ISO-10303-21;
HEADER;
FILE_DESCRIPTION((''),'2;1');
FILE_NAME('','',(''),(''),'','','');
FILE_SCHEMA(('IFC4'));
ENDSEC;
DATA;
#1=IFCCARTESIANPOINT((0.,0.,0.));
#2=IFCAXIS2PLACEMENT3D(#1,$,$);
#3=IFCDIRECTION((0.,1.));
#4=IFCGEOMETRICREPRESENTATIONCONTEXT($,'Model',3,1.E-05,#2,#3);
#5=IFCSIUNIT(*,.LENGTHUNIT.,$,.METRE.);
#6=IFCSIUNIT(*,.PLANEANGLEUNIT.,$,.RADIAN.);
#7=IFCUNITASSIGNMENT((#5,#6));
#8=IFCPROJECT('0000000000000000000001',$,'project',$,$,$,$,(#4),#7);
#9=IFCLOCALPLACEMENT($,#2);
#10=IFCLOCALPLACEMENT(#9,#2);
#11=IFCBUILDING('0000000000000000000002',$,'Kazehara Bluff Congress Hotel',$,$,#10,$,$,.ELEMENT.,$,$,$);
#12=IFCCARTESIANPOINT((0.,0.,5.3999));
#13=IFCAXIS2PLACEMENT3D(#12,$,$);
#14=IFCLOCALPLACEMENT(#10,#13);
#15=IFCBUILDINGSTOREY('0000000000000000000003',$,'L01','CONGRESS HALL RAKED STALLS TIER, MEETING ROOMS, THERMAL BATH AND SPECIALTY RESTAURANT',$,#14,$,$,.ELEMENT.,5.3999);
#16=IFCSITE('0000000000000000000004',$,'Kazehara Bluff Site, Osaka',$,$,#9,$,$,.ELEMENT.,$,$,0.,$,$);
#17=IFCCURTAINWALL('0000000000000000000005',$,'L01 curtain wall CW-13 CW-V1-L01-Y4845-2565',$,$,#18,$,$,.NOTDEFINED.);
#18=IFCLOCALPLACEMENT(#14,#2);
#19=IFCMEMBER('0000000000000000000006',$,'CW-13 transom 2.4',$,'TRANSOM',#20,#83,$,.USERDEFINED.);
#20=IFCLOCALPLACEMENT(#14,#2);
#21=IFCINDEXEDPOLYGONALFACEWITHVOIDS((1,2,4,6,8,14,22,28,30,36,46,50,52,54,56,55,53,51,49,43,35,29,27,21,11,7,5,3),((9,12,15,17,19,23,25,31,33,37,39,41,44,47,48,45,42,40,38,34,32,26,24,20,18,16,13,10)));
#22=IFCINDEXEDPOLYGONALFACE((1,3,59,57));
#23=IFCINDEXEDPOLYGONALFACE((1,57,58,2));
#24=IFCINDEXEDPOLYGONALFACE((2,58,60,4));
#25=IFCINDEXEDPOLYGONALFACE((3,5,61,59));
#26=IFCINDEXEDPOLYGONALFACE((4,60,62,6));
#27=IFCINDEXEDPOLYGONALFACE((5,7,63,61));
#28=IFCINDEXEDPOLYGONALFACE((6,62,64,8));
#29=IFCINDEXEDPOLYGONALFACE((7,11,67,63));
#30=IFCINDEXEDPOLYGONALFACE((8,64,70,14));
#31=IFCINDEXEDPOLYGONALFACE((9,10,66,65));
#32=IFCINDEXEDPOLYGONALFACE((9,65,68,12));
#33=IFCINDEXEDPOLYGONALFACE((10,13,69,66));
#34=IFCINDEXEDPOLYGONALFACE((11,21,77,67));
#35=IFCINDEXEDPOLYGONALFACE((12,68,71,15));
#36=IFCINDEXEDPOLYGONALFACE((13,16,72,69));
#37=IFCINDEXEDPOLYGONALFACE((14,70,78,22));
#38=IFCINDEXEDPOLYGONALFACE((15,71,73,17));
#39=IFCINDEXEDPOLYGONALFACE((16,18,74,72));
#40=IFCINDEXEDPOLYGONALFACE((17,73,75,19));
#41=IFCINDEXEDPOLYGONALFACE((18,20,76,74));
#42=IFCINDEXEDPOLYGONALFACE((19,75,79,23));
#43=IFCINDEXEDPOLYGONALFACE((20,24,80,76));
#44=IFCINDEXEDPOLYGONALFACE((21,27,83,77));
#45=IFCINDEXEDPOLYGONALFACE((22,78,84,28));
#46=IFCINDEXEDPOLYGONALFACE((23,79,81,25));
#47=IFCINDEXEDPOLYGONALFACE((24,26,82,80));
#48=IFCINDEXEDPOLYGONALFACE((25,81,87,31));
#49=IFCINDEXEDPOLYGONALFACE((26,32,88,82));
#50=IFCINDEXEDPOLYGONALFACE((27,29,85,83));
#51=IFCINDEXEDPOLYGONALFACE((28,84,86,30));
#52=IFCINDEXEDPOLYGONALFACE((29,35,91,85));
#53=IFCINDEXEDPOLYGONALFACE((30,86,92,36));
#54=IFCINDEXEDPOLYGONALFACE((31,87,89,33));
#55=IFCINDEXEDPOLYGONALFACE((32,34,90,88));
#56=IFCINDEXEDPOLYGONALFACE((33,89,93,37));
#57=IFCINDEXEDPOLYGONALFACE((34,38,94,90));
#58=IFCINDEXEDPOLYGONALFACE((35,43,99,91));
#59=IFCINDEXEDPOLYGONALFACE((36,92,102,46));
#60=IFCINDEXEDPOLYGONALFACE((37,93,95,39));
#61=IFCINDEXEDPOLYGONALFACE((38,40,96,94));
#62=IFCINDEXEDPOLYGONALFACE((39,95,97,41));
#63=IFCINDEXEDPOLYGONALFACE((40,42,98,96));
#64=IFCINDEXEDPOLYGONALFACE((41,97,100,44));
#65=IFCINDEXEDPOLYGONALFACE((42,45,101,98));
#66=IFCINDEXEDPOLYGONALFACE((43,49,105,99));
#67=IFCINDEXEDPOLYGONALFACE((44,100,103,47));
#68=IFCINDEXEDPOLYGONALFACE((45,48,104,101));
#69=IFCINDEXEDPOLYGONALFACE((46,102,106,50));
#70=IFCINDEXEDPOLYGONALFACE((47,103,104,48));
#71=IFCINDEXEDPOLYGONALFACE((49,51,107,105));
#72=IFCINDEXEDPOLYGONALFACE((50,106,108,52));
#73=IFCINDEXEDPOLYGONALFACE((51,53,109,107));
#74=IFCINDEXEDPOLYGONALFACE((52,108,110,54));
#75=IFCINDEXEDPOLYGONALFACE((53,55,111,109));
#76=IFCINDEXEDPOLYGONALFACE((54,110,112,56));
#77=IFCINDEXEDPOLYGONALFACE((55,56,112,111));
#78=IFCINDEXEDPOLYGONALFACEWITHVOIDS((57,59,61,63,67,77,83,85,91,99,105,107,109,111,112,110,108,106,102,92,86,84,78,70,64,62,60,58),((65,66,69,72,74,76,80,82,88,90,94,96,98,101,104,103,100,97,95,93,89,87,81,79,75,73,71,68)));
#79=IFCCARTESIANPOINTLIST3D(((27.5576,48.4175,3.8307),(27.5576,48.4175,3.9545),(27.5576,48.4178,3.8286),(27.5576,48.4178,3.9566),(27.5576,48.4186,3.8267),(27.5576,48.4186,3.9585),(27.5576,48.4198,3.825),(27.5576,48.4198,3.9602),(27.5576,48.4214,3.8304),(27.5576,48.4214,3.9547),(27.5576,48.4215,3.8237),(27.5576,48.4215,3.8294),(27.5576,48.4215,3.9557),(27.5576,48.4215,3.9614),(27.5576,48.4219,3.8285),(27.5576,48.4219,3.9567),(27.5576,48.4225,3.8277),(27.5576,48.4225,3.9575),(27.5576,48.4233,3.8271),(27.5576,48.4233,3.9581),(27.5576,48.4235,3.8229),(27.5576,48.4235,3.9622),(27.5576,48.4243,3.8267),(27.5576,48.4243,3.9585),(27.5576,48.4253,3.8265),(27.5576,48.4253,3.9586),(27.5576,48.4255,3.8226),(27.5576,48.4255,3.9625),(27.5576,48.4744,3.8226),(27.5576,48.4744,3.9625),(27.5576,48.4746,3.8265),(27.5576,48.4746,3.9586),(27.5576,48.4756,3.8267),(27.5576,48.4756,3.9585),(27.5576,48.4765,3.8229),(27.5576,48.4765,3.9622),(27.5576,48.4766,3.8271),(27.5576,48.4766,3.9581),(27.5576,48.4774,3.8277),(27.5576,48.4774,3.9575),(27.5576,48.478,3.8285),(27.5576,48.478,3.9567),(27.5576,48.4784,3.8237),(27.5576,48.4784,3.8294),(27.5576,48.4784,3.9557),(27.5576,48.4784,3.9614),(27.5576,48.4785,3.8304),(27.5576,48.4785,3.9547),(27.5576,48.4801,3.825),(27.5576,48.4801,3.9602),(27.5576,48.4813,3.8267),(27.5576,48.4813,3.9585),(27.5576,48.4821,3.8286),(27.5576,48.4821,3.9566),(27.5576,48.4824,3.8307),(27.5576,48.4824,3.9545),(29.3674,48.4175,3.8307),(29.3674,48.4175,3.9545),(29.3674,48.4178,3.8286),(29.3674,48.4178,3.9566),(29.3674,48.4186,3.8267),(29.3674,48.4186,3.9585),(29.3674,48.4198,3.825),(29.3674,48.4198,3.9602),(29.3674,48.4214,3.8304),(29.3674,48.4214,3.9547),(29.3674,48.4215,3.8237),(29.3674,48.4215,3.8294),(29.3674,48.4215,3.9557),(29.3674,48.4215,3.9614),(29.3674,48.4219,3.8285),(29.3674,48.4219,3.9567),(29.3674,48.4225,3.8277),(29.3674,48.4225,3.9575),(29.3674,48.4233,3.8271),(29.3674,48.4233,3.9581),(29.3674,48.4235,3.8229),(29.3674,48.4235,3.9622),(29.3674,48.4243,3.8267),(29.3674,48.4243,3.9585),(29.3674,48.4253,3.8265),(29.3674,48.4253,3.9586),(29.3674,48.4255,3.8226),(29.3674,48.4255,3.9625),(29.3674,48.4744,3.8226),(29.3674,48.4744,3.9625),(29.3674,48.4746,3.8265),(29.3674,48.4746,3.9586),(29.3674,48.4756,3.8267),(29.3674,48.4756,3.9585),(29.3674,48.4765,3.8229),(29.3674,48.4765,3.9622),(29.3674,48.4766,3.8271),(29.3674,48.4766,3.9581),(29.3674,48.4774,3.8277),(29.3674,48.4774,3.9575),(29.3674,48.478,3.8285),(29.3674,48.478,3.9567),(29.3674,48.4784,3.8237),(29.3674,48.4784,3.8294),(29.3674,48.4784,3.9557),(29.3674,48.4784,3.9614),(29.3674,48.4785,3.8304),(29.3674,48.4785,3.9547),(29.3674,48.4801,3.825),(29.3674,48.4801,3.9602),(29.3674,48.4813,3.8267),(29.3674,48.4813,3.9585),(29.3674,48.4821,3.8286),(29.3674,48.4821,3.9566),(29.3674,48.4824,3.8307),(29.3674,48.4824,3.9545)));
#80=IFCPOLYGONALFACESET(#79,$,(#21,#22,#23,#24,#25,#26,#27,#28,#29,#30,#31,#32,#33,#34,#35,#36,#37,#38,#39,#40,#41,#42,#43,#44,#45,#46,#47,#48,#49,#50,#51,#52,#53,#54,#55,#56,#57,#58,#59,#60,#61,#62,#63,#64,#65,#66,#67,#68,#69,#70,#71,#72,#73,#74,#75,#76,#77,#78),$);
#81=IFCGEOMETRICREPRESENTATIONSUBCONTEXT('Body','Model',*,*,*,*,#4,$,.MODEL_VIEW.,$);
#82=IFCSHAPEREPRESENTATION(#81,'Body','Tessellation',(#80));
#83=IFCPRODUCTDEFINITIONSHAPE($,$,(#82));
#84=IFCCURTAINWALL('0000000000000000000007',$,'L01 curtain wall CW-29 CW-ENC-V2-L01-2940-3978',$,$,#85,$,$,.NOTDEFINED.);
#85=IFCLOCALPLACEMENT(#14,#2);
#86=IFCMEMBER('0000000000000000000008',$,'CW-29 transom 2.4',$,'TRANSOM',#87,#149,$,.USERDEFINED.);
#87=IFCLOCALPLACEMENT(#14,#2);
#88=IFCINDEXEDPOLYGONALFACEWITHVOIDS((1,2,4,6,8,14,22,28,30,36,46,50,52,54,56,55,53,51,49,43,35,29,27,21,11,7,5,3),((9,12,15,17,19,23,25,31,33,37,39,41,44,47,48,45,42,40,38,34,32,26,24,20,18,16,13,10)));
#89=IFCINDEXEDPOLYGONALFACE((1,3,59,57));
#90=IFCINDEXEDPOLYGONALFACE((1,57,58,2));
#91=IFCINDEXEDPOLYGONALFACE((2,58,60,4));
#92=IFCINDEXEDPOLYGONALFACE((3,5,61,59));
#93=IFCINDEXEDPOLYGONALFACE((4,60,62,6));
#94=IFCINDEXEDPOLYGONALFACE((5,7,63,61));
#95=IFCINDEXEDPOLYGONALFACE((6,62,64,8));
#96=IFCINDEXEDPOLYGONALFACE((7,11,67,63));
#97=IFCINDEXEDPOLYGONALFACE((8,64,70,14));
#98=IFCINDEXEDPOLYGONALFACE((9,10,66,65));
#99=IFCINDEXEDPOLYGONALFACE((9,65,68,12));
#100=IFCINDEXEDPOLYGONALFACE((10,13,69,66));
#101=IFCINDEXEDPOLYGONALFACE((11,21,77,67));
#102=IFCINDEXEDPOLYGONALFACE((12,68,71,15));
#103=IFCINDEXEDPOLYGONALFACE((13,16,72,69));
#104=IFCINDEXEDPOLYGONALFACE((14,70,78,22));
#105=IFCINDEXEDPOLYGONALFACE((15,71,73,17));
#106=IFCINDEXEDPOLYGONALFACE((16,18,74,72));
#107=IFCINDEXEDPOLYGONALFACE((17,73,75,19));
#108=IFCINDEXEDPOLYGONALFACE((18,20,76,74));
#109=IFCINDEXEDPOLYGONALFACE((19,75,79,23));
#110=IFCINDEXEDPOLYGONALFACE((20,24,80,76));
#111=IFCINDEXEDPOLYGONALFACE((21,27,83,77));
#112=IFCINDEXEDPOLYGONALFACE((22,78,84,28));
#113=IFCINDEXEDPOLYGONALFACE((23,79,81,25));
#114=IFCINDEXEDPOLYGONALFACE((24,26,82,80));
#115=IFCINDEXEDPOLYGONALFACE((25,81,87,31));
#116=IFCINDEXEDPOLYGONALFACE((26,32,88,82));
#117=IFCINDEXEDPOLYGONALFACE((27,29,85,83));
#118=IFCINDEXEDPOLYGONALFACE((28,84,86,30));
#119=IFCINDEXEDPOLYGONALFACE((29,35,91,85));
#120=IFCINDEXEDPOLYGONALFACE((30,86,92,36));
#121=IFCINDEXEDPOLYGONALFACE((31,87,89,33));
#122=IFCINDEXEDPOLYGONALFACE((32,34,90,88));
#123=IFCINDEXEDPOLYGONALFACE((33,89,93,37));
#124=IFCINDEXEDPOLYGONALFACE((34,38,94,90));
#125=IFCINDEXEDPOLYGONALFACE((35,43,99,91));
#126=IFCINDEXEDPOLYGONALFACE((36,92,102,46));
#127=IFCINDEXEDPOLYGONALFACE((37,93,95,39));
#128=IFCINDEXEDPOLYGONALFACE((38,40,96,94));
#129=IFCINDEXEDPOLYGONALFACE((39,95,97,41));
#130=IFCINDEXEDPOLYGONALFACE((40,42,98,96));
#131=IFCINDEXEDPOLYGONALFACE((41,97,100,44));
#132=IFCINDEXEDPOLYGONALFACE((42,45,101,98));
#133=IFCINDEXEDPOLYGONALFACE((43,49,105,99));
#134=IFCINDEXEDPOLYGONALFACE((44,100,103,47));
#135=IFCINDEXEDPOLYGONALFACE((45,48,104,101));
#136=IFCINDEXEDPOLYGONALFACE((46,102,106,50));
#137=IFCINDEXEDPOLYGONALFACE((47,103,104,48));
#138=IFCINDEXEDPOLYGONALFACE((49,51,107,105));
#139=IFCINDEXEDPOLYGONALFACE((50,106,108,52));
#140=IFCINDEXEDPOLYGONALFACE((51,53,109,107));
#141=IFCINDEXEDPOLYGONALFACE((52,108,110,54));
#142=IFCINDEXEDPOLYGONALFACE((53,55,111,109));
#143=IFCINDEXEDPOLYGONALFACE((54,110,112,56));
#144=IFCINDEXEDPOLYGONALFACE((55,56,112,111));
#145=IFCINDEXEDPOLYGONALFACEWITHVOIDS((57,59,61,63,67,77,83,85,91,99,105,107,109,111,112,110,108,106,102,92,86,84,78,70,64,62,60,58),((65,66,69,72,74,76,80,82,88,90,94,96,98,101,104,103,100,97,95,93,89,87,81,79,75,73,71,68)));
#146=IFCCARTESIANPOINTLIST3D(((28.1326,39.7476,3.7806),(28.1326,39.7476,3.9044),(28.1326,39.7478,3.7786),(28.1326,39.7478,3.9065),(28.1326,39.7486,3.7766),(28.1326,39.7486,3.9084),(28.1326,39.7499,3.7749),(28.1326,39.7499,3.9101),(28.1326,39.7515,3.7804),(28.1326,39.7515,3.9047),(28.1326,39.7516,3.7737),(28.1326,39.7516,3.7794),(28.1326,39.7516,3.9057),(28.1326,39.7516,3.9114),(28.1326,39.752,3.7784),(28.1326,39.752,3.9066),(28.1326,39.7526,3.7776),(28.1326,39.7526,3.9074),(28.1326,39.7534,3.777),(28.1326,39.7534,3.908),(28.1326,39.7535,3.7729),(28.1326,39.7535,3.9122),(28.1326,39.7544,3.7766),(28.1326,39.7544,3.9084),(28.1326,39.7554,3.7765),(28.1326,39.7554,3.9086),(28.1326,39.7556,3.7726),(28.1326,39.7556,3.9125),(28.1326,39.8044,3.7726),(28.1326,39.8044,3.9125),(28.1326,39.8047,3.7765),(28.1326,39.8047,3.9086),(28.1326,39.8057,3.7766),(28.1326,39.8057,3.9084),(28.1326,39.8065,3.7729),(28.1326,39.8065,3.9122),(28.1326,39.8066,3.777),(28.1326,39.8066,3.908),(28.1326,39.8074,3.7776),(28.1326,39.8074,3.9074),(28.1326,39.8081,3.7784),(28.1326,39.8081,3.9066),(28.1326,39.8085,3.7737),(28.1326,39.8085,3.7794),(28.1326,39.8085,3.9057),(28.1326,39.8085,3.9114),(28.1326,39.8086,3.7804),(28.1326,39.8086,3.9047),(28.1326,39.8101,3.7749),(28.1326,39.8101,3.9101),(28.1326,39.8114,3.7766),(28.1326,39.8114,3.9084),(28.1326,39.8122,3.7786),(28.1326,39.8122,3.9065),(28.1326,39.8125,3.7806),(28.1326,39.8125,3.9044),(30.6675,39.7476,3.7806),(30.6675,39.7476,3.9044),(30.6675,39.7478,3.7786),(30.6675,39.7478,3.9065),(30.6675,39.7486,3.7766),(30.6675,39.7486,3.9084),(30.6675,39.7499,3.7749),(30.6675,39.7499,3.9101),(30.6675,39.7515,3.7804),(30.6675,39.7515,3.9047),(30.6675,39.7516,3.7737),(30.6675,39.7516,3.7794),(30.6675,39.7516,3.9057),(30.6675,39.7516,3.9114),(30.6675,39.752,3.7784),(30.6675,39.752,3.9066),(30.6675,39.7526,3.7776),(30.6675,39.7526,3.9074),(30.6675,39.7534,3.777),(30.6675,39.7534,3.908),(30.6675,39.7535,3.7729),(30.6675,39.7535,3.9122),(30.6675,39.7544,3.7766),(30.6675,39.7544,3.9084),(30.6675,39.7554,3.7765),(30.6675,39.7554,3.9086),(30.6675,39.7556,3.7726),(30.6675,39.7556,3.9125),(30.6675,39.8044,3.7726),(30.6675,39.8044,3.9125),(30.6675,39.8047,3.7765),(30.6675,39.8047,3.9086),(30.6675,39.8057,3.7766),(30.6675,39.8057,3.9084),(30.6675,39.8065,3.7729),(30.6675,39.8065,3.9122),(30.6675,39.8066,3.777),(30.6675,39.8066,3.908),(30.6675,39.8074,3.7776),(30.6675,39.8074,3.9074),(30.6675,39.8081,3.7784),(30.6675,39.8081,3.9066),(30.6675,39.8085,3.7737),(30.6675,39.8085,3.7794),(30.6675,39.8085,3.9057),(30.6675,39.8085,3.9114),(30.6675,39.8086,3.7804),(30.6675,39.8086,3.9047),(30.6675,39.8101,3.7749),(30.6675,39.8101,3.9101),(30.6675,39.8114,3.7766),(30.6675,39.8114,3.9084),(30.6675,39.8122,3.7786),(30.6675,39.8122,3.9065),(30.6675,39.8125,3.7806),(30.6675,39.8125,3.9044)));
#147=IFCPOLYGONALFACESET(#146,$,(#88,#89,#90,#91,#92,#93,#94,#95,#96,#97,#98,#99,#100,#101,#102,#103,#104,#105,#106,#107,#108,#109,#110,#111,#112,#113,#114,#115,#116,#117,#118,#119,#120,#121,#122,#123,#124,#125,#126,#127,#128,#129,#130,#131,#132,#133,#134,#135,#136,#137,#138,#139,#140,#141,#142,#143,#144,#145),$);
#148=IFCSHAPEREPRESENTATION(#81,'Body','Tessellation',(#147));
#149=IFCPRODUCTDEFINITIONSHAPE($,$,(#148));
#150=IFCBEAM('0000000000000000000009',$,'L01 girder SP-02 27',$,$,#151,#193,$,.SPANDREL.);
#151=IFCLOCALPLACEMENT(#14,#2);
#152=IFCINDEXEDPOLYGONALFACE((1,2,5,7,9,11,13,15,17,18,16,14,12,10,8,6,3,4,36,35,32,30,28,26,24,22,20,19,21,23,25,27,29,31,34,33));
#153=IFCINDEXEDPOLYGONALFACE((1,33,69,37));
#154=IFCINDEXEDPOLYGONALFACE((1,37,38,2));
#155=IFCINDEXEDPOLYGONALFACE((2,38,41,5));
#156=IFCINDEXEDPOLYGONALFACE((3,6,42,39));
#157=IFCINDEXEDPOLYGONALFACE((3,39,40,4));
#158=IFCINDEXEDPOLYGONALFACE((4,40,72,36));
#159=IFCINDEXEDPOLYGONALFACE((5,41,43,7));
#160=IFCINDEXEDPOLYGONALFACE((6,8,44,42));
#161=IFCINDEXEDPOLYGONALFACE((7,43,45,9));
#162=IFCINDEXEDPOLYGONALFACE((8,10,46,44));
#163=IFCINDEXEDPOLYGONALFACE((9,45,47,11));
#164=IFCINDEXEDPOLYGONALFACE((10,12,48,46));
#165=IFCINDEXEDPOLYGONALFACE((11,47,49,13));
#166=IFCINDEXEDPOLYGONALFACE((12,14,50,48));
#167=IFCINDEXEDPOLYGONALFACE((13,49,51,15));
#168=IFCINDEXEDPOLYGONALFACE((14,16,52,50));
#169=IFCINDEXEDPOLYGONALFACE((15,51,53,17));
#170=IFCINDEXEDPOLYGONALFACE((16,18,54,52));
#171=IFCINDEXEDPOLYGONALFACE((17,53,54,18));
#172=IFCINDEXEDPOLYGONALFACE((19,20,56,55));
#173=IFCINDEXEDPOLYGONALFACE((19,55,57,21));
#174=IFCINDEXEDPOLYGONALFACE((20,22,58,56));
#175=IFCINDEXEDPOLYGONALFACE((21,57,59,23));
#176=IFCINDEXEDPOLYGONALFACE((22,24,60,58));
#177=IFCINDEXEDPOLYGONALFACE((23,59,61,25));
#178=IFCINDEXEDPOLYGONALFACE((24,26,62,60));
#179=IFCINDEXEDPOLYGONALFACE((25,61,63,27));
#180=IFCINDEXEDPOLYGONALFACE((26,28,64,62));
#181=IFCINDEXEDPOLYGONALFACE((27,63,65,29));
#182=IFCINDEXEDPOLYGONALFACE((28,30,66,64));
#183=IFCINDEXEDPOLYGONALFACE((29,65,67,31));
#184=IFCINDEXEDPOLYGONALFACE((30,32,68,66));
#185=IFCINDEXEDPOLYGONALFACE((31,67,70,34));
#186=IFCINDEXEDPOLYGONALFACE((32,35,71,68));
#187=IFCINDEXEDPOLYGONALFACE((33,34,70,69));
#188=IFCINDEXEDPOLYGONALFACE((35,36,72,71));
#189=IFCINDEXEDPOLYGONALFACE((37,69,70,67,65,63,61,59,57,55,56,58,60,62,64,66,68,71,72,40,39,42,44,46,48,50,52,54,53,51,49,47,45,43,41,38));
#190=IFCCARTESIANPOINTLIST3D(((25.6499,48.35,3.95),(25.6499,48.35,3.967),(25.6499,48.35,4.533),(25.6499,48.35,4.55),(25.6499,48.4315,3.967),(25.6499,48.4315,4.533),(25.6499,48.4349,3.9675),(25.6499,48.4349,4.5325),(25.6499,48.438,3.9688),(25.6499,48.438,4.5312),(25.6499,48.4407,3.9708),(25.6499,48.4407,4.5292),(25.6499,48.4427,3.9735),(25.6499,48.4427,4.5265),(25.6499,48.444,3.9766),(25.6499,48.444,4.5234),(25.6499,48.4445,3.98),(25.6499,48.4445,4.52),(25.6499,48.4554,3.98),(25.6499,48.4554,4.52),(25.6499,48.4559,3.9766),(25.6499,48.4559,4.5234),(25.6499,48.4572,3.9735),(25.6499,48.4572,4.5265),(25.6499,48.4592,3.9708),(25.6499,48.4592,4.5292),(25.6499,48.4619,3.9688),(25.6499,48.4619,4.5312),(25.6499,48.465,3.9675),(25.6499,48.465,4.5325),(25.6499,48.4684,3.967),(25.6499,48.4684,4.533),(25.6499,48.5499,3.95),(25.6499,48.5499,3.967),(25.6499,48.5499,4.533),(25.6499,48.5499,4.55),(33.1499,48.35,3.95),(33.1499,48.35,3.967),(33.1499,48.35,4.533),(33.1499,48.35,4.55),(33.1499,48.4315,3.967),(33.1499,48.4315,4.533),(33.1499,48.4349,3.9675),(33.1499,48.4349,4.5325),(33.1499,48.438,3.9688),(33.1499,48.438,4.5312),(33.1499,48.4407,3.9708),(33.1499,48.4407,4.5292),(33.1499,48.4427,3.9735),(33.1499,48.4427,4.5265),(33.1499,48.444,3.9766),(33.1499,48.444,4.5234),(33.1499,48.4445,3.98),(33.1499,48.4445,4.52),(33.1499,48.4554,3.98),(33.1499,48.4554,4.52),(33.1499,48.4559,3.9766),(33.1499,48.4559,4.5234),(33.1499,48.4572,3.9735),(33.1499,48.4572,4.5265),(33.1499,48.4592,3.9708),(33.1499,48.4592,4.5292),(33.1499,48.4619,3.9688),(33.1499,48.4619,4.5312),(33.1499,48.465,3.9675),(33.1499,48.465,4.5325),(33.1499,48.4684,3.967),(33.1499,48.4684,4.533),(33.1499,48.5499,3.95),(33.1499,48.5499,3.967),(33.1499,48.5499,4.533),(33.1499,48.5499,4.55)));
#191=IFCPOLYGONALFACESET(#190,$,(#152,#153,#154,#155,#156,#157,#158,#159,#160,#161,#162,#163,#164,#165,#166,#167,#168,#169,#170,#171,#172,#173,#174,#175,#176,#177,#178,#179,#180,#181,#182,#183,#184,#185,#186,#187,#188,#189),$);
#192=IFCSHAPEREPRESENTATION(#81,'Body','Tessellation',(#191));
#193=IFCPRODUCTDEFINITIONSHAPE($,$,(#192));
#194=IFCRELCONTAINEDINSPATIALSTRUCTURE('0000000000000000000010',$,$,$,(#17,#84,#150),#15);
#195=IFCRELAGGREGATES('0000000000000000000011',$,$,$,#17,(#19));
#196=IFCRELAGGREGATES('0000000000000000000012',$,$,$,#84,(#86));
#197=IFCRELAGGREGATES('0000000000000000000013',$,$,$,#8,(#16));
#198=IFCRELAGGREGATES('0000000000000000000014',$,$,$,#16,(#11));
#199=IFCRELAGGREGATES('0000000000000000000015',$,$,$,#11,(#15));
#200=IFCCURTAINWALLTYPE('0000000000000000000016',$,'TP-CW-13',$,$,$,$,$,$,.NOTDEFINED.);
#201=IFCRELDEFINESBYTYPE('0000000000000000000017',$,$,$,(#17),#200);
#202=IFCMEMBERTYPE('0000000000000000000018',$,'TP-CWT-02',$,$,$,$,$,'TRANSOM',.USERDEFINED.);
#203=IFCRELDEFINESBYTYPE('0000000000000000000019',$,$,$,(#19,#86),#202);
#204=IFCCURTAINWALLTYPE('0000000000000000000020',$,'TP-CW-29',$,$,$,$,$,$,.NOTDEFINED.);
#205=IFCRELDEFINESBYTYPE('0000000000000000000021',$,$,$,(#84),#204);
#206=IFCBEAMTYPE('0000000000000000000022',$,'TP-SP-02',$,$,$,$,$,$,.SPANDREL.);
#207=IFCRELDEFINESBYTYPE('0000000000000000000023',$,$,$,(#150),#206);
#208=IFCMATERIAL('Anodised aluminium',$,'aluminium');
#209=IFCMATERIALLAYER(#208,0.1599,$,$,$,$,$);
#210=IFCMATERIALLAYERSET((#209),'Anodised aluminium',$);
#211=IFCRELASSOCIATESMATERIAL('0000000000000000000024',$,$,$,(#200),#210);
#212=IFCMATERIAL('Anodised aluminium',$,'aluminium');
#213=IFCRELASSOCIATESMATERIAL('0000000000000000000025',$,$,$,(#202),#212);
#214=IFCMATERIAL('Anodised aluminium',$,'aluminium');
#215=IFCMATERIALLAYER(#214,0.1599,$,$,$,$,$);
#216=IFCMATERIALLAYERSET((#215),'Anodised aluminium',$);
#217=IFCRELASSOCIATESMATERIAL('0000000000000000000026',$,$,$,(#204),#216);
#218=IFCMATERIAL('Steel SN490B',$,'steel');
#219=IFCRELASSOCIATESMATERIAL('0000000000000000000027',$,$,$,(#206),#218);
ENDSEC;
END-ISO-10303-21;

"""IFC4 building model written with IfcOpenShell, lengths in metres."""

from ifc_helpers import new_model, si_unit, direction, frame, origin, origin_2d, place, context, subcontext, project, spatial, hollow_rectangle, i_section, extrude, material, layer, layer_set, material_profile, profile_set, type_object, element, aggregate, save


model = new_model("IFC4")

# Units and contexts
model_context = context("Model", 3, precision=1e-05, world=origin(), true_north=direction((0.0, 1.0)))
body_context = subcontext(model_context, "Body", "Model", "MODEL_VIEW")
ifc_project = project(units=[si_unit("LENGTHUNIT", "METRE"), si_unit("PLANEANGLEUNIT", "RADIAN")], contexts=[model_context])

# Site, building, storey
site_placement = place(None, origin())
site = spatial("IfcSite", under=ifc_project, at=site_placement, Name="Kazehara Bluff Site, Osaka", CompositionType="ELEMENT", RefElevation=0.0)
building_placement = place(site_placement, origin())
building = spatial("IfcBuilding", under=site, at=building_placement, Name="Kazehara Bluff Congress Hotel", CompositionType="ELEMENT")
storey_placement = place(building_placement, frame((0.0, 0.0, 5.3999)))
storey = spatial("IfcBuildingStorey", under=building, at=storey_placement, Name="L01", Description="CONGRESS HALL RAKED STALLS TIER, MEETING ROOMS, THERMAL BATH AND SPECIALTY RESTAURANT", CompositionType="ELEMENT", Elevation=5.3999)

# Curtain wall
ifc_material_1 = material(Name="Anodised aluminium", Category="aluminium")
ifc_layer_1 = layer(ifc_material_1, 0.1599)
ifc_layer_set_1 = layer_set([ifc_layer_1], Name="Anodised aluminium")
curtain_wall_type_1 = type_object("IfcCurtainWallType", Name="TP-CW-13", PredefinedType="NOTDEFINED", material=ifc_layer_set_1)
curtain_wall_1_placement = place(storey_placement, origin())
curtain_wall_1 = element("IfcCurtainWall", 1, at=curtain_wall_1_placement, inside=storey, type_object=curtain_wall_type_1, Name="L01 curtain wall CW-13 CW-V1-L01-Y4845-2565", PredefinedType="NOTDEFINED")

# Member
ifc_material_2 = material(Name="Anodised aluminium", Category="aluminium")
ifc_material_profile_1 = material_profile(ifc_material_2, hollow_rectangle(XDim=0.0649, YDim=0.1399, WallThickness=0.0039, InnerFilletRadius=0.0039, OuterFilletRadius=0.0081, at=origin_2d()))
ifc_profile_set_1 = profile_set([ifc_material_profile_1], Name="Anodised aluminium")
member_type_1 = type_object("IfcMemberType", Name="TP-CWT-02", ElementType="TRANSOM", PredefinedType="USERDEFINED", material=ifc_profile_set_1)
member_1_placement = place(storey_placement, frame((27.5576, 48.45, 3.8926), z_axis=(1.0, 0.0, 0.0), x_axis=(0.0, 1.0, 0.0)))
member_1 = element("IfcMember", 2, at=member_1_placement, type_object=member_type_1, Name="CW-13 transom 2.4", ObjectType="TRANSOM", PredefinedType="USERDEFINED", context=body_context, shape_type="SweptSolid", body=[
    extrude(hollow_rectangle(XDim=0.0649, YDim=0.1399, WallThickness=0.0039, InnerFilletRadius=0.0039, OuterFilletRadius=0.0081, at=origin_2d()), origin(), (0.0, 0.0, 1.0), 1.8098),
])

# Curtain wall, member
ifc_material_3 = material(Name="Anodised aluminium", Category="aluminium")
ifc_layer_2 = layer(ifc_material_3, 0.1599)
ifc_layer_set_2 = layer_set([ifc_layer_2], Name="Anodised aluminium")
curtain_wall_type_2 = type_object("IfcCurtainWallType", Name="TP-CW-29", PredefinedType="NOTDEFINED", material=ifc_layer_set_2)
curtain_wall_2_placement = place(storey_placement, origin())
curtain_wall_2 = element("IfcCurtainWall", 3, at=curtain_wall_2_placement, inside=storey, type_object=curtain_wall_type_2, Name="L01 curtain wall CW-29 CW-ENC-V2-L01-2940-3978", PredefinedType="NOTDEFINED")
member_2_placement = place(storey_placement, frame((28.1326, 39.78, 3.8425), z_axis=(1.0, 0.0, 0.0), x_axis=(0.0, 1.0, 0.0)))
member_2 = element("IfcMember", 4, at=member_2_placement, type_object=member_type_1, Name="CW-29 transom 2.4", ObjectType="TRANSOM", PredefinedType="USERDEFINED", context=body_context, shape_type="SweptSolid", body=[
    extrude(hollow_rectangle(XDim=0.0649, YDim=0.1399, WallThickness=0.0039, InnerFilletRadius=0.0039, OuterFilletRadius=0.0081, at=origin_2d()), origin(), (0.0, 0.0, 1.0), 2.5349),
])

# Beam
ifc_material_4 = material(Name="Steel SN490B", Category="steel")
ifc_material_profile_2 = material_profile(ifc_material_4, i_section(OverallWidth=0.2, OverallDepth=0.6001, WebThickness=0.011, FlangeThickness=0.0171, FilletRadius=0.0129, at=origin_2d()))
ifc_profile_set_2 = profile_set([ifc_material_profile_2], Name="Steel SN490B")
beam_type = type_object("IfcBeamType", Name="TP-SP-02", PredefinedType="SPANDREL", material=ifc_profile_set_2)
beam_placement = place(storey_placement, frame((25.6499, 48.45, 4.25), z_axis=(1.0, 0.0, 0.0), x_axis=(0.0, 1.0, 0.0)))
element("IfcBeam", 5, at=beam_placement, inside=storey, type_object=beam_type, Name="L01 girder SP-02 27", PredefinedType="SPANDREL", context=body_context, shape_type="SweptSolid", body=[
    extrude(i_section(OverallWidth=0.2, OverallDepth=0.6001, WebThickness=0.011, FlangeThickness=0.0171, FilletRadius=0.0129, at=origin_2d()), origin(), (0.0, 0.0, 1.0), 7.5),
])

aggregate(curtain_wall_1, [member_1])
aggregate(curtain_wall_2, [member_2])

save(model, "model.ifc")
